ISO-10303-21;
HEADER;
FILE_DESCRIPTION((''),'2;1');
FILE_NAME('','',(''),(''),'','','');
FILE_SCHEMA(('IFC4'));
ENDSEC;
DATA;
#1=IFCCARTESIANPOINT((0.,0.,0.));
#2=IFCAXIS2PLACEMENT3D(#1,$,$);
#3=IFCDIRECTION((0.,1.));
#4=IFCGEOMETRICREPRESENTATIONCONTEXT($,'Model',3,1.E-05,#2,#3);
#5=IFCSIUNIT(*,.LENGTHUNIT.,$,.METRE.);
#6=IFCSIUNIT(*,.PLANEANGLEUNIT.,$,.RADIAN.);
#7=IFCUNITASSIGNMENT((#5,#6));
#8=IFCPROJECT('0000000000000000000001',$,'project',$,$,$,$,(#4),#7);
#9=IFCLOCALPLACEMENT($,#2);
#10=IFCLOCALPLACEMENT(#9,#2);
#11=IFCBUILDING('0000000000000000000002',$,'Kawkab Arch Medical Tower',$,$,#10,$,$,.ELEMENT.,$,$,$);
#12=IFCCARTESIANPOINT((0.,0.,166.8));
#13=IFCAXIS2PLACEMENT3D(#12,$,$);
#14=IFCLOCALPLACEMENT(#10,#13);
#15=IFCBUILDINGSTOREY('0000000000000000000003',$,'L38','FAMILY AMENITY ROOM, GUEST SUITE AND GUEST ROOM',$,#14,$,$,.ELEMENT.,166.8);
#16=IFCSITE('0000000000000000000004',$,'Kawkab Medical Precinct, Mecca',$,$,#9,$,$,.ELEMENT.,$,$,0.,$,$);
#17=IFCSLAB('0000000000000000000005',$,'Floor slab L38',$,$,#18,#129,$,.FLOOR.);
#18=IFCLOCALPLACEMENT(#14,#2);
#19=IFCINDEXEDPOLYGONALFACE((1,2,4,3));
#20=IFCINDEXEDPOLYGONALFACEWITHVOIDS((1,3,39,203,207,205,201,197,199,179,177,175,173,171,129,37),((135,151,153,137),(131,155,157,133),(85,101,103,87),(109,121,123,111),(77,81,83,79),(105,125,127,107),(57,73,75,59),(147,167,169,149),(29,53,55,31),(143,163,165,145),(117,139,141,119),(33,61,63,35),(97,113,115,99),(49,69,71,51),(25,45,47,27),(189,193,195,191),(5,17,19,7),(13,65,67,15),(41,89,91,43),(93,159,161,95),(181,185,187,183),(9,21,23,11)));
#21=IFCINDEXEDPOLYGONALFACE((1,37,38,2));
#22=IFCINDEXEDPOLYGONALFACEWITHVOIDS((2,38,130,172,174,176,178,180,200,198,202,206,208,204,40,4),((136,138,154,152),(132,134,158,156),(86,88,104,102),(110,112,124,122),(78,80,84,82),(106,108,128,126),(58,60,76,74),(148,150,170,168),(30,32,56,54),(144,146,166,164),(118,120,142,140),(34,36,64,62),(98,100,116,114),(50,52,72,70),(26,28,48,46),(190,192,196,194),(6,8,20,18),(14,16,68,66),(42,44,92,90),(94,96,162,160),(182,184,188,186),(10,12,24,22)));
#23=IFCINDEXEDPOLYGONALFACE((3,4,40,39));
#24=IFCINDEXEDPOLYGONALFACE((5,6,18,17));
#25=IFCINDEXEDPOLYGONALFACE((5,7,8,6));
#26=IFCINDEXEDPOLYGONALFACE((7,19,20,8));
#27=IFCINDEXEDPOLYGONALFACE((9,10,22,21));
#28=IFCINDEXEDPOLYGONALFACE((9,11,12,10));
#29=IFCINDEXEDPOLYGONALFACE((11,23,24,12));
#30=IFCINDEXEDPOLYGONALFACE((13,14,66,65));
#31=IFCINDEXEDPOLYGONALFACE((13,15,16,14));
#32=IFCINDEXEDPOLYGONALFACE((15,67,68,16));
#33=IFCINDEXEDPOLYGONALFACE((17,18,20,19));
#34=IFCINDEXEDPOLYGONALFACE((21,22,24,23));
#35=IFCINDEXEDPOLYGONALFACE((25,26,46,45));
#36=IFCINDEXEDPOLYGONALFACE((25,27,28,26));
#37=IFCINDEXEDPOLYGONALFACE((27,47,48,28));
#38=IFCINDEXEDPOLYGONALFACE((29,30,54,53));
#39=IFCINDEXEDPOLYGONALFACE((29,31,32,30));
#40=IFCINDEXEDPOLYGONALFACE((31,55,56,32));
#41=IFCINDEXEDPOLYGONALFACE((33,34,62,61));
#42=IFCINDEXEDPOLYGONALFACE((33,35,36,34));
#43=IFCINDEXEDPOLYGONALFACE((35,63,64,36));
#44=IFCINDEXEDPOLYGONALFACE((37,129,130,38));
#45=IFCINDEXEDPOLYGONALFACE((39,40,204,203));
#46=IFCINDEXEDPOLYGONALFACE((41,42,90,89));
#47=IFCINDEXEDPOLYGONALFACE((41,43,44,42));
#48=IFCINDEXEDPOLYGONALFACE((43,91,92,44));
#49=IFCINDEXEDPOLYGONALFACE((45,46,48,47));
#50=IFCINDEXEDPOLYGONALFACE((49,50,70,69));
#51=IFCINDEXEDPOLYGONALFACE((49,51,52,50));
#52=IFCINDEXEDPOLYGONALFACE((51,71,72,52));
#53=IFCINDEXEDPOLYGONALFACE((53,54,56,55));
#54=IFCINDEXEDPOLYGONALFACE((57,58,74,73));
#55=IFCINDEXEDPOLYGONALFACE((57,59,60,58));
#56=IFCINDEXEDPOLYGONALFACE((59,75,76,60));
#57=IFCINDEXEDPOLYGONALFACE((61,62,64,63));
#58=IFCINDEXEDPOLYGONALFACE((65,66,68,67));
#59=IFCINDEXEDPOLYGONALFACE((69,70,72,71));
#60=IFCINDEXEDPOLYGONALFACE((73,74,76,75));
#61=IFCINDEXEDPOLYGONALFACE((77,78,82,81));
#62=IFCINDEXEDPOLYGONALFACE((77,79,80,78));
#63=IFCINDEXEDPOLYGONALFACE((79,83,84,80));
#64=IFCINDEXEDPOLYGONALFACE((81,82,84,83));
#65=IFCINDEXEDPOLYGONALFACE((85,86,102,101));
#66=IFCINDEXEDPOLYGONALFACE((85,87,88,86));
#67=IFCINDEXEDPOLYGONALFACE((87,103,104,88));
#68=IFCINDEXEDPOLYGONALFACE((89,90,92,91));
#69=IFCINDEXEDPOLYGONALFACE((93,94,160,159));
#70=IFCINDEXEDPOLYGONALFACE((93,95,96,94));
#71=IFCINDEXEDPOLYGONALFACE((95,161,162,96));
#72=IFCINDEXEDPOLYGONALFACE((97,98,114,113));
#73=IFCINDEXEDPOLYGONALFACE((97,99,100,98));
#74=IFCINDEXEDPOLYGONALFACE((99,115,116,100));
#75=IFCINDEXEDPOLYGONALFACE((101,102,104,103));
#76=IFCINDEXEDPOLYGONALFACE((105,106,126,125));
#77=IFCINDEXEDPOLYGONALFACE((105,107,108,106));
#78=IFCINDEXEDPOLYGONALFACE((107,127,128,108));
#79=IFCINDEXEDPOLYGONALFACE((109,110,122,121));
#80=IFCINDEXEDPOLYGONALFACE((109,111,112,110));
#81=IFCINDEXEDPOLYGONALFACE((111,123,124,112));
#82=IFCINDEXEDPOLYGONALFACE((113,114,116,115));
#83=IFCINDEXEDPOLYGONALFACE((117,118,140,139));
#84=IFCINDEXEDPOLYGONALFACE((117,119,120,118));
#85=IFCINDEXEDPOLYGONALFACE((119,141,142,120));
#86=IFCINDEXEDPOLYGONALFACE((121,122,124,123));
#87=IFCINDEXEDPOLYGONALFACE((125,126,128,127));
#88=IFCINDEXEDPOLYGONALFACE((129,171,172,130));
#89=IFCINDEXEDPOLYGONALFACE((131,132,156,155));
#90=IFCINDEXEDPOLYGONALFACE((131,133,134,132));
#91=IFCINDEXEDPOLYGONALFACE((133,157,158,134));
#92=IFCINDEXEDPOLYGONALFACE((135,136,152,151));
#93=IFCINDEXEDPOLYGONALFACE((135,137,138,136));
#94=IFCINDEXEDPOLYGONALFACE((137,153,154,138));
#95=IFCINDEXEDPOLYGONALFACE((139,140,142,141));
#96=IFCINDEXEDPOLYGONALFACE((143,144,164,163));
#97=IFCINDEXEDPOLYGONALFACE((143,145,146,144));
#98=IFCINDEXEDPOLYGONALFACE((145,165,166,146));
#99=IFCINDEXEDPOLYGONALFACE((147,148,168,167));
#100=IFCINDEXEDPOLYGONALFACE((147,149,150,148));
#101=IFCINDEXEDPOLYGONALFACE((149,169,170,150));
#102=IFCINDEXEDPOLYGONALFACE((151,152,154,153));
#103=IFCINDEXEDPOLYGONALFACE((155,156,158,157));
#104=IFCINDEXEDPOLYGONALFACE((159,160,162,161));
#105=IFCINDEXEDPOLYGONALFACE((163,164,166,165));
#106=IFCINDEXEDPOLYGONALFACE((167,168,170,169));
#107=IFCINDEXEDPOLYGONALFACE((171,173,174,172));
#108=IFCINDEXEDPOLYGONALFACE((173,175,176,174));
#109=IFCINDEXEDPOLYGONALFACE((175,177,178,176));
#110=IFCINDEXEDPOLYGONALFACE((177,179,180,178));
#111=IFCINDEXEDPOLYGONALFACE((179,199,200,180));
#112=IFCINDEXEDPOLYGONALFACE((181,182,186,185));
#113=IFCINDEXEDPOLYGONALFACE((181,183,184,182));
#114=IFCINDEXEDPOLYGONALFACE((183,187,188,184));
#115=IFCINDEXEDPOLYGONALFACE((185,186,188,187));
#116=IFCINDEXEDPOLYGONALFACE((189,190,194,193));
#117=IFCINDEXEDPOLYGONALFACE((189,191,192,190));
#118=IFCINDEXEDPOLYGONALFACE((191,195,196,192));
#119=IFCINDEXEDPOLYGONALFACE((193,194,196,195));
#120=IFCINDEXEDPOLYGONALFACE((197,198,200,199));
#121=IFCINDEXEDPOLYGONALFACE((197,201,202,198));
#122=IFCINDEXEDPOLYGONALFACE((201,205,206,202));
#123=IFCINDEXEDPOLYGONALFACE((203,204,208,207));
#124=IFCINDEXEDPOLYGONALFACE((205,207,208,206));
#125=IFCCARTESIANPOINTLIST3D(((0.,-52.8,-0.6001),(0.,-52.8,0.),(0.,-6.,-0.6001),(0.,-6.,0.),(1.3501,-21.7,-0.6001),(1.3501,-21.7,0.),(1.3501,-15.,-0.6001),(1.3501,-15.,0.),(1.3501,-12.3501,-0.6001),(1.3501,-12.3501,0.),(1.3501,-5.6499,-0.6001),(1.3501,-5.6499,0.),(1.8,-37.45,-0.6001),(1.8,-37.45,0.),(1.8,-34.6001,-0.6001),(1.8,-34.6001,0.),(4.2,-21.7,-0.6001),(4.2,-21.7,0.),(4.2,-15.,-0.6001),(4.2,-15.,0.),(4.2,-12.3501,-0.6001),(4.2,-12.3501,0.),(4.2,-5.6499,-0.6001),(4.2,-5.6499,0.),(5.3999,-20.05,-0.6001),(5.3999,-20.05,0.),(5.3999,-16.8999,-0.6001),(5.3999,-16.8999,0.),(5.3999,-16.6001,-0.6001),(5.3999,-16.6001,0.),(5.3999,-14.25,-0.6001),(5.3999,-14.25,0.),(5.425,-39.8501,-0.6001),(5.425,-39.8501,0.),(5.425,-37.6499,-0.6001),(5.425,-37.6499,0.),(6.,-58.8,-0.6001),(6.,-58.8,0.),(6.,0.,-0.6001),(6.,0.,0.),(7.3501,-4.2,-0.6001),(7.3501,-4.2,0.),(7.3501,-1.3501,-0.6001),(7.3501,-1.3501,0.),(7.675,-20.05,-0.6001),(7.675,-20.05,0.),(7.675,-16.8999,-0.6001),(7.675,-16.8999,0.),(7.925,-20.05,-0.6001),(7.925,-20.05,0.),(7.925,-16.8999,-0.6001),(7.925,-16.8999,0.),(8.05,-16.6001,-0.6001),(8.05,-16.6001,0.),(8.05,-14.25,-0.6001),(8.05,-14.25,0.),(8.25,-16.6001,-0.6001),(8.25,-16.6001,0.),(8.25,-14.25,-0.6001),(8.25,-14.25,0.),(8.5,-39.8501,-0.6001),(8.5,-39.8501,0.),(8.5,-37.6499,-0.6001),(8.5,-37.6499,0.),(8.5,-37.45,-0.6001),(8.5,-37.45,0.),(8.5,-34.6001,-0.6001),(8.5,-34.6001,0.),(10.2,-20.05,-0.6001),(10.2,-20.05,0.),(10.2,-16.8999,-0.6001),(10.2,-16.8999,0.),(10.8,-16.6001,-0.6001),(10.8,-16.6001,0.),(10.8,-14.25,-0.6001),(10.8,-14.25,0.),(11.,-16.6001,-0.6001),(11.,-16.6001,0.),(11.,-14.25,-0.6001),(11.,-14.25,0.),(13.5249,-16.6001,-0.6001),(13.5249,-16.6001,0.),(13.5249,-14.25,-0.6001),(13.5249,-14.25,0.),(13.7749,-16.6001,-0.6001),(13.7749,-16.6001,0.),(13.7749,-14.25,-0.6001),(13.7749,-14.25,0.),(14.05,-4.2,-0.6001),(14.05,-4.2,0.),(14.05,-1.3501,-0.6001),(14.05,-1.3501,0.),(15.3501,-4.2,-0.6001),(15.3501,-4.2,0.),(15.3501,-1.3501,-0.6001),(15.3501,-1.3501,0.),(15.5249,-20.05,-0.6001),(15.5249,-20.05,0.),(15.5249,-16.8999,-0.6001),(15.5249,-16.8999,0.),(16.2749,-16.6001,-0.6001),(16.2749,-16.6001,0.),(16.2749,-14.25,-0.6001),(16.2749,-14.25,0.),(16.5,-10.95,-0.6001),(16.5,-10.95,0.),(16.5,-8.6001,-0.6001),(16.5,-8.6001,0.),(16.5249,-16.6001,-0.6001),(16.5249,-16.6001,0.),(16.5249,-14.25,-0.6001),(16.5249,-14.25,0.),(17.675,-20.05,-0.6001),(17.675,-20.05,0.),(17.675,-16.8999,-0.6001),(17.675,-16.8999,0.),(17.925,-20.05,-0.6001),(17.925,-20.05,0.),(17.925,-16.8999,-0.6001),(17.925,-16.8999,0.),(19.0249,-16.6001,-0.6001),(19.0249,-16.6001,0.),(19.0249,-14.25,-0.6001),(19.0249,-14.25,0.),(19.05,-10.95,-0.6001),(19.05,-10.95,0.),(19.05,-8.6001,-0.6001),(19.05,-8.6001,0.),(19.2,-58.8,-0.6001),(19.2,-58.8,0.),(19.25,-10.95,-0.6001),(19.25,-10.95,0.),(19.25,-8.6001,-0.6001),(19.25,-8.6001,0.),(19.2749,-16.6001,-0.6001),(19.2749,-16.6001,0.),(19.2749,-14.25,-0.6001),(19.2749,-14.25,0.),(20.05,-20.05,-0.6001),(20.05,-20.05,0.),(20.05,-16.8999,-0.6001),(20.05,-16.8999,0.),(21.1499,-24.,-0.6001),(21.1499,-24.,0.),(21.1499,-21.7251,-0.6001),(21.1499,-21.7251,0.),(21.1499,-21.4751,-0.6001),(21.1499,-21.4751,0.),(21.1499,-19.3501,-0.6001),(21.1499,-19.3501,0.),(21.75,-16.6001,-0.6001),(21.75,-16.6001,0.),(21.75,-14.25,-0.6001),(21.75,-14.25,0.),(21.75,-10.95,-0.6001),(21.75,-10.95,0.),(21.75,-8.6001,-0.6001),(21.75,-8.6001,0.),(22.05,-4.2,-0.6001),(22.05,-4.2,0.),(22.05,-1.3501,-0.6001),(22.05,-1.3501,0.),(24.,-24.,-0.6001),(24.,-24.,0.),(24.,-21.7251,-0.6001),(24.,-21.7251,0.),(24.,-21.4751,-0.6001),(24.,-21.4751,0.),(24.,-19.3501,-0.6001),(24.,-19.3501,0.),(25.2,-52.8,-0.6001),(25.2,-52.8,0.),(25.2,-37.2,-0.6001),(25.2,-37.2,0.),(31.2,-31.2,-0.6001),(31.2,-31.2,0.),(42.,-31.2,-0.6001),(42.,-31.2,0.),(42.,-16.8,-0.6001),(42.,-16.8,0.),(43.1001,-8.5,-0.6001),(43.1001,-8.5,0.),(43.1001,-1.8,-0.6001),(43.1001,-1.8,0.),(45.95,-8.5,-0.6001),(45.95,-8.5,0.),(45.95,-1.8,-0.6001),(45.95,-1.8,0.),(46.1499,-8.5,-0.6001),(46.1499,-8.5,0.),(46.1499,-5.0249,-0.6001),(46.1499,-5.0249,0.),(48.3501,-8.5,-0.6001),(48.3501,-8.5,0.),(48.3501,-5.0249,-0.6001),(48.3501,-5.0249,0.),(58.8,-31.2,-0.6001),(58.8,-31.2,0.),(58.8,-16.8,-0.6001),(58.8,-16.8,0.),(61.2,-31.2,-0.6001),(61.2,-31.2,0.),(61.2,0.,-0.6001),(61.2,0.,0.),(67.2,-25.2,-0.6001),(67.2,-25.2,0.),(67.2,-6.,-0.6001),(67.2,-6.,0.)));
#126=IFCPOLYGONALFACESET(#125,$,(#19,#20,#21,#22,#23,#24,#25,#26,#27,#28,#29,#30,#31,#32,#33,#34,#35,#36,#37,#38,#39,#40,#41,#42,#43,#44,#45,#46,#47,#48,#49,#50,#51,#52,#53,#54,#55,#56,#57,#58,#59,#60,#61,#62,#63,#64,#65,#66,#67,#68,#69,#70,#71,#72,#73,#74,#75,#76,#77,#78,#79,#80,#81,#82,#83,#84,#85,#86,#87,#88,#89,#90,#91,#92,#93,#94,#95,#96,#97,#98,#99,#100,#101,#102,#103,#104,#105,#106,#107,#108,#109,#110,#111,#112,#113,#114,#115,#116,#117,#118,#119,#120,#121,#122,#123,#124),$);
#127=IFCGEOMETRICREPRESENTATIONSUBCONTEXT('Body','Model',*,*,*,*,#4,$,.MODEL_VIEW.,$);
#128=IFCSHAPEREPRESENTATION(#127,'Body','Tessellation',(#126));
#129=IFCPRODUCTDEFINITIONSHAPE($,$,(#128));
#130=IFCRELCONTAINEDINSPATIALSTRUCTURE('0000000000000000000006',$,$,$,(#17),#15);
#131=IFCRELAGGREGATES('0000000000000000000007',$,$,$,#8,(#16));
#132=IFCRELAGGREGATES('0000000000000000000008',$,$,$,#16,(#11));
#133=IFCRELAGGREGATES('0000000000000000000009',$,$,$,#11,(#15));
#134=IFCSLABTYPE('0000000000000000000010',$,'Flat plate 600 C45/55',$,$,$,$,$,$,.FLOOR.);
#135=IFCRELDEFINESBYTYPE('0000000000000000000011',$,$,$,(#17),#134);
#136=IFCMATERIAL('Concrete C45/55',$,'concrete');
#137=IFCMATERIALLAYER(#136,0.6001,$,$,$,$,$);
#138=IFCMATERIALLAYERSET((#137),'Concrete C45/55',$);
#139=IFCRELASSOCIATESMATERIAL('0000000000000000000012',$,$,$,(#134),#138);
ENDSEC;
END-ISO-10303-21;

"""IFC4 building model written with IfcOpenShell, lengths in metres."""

from ifc_helpers import new_model, si_unit, direction, frame, origin, place, context, subcontext, project, spatial, polyline, outline, extrude, material, layer, layer_set, type_object, element, save


model = new_model("IFC4")

# Units and contexts
model_context = context("Model", 3, precision=1e-05, world=origin(), true_north=direction((0.0, 1.0)))
body_context = subcontext(model_context, "Body", "Model", "MODEL_VIEW")
ifc_project = project(units=[si_unit("LENGTHUNIT", "METRE"), si_unit("PLANEANGLEUNIT", "RADIAN")], contexts=[model_context])

# Site, building, storey
site_placement = place(None, origin())
site = spatial("IfcSite", under=ifc_project, at=site_placement, Name="Kawkab Medical Precinct, Mecca", CompositionType="ELEMENT", RefElevation=0.0)
building_placement = place(site_placement, origin())
building = spatial("IfcBuilding", under=site, at=building_placement, Name="Kawkab Arch Medical Tower", CompositionType="ELEMENT")
storey_placement = place(building_placement, frame((0.0, 0.0, 166.8)))
storey = spatial("IfcBuildingStorey", under=building, at=storey_placement, Name="L38", Description="FAMILY AMENITY ROOM, GUEST SUITE AND GUEST ROOM", CompositionType="ELEMENT", Elevation=166.8)

# Slab
ifc_material_1 = material(Name="Concrete C45/55", Category="concrete")
ifc_layer_1 = layer(ifc_material_1, 0.6001)
ifc_layer_set_1 = layer_set([ifc_layer_1], Name="Concrete C45/55")
slab_type_1 = type_object("IfcSlabType", Name="Flat plate 600 C45/55", PredefinedType="FLOOR", material=ifc_layer_set_1)
slab_1_placement = place(storey_placement, frame((0.0, 0.0, -0.6001)))
element("IfcSlab", 1, at=slab_1_placement, inside=storey, type_object=slab_type_1, Name="Floor slab L38", PredefinedType="FLOOR", context=body_context, shape_type="SweptSolid", body=[
    extrude(outline(polyline([(25.2, -37.2), (25.2, -52.8), (19.2, -58.8), (6.0, -58.8), (0.0, -52.8), (0.0, -6.0), (6.0, 0.0), (61.2, 0.0), (67.2, -6.0), (67.2, -25.2), (61.2, -31.2), (58.8, -31.2), (58.8, -16.8), (42.0, -16.8), (42.0, -31.2), (31.2, -31.2), (25.2, -37.2)]), holes=[polyline([(5.425, -37.6499), (5.425, -39.8501), (8.5, -39.8501), (8.5, -37.6499), (5.425, -37.6499)]), polyline([(8.5, -37.45), (8.5, -34.6001), (1.8, -34.6001), (1.8, -37.45), (8.5, -37.45)]), polyline([(5.3999, -20.05), (7.675, -20.05), (7.675, -16.8999), (5.3999, -16.8999), (5.3999, -20.05)]), polyline([(10.2, -20.05), (10.2, -16.8999), (7.925, -16.8999), (7.925, -20.05), (10.2, -20.05)]), polyline([(4.2, -21.7), (4.2, -15.0), (1.3501, -15.0), (1.3501, -21.7), (4.2, -21.7)]), polyline([(5.3999, -16.6001), (8.05, -16.6001), (8.05, -14.25), (5.3999, -14.25), (5.3999, -16.6001)]), polyline([(10.8, -14.25), (8.25, -14.25), (8.25, -16.6001), (10.8, -16.6001), (10.8, -14.25)]), polyline([(13.5249, -16.6001), (13.5249, -14.25), (11.0, -14.25), (11.0, -16.6001), (13.5249, -16.6001)]), polyline([(16.2749, -14.25), (13.7749, -14.25), (13.7749, -16.6001), (16.2749, -16.6001), (16.2749, -14.25)]), polyline([(4.2, -12.3501), (4.2, -5.6499), (1.3501, -5.6499), (1.3501, -12.3501), (4.2, -12.3501)]), polyline([(7.3501, -4.2), (14.05, -4.2), (14.05, -1.3501), (7.3501, -1.3501), (7.3501, -4.2)]), polyline([(24.0, -21.7251), (21.1499, -21.7251), (21.1499, -24.0), (24.0, -24.0), (24.0, -21.7251)]), polyline([(24.0, -19.3501), (21.1499, -19.3501), (21.1499, -21.4751), (24.0, -21.4751), (24.0, -19.3501)]), polyline([(15.5249, -20.05), (17.675, -20.05), (17.675, -16.8999), (15.5249, -16.8999), (15.5249, -20.05)]), polyline([(17.925, -16.8999), (17.925, -20.05), (20.05, -20.05), (20.05, -16.8999), (17.925, -16.8999)]), polyline([(16.5249, -14.25), (16.5249, -16.6001), (19.0249, -16.6001), (19.0249, -14.25), (16.5249, -14.25)]), polyline([(19.2749, -14.25), (19.2749, -16.6001), (21.75, -16.6001), (21.75, -14.25), (19.2749, -14.25)]), polyline([(16.5, -10.95), (19.05, -10.95), (19.05, -8.6001), (16.5, -8.6001), (16.5, -10.95)]), polyline([(19.25, -8.6001), (19.25, -10.95), (21.75, -10.95), (21.75, -8.6001), (19.25, -8.6001)]), polyline([(46.1499, -8.5), (48.3501, -8.5), (48.3501, -5.0249), (46.1499, -5.0249), (46.1499, -8.5)]), polyline([(43.1001, -1.8), (43.1001, -8.5), (45.95, -8.5), (45.95, -1.8), (43.1001, -1.8)]), polyline([(22.05, -1.3501), (15.3501, -1.3501), (15.3501, -4.2), (22.05, -4.2), (22.05, -1.3501)])]), origin(), (0.0, 0.0, 1.0), 0.6001),
])

save(model, "model.ifc")
